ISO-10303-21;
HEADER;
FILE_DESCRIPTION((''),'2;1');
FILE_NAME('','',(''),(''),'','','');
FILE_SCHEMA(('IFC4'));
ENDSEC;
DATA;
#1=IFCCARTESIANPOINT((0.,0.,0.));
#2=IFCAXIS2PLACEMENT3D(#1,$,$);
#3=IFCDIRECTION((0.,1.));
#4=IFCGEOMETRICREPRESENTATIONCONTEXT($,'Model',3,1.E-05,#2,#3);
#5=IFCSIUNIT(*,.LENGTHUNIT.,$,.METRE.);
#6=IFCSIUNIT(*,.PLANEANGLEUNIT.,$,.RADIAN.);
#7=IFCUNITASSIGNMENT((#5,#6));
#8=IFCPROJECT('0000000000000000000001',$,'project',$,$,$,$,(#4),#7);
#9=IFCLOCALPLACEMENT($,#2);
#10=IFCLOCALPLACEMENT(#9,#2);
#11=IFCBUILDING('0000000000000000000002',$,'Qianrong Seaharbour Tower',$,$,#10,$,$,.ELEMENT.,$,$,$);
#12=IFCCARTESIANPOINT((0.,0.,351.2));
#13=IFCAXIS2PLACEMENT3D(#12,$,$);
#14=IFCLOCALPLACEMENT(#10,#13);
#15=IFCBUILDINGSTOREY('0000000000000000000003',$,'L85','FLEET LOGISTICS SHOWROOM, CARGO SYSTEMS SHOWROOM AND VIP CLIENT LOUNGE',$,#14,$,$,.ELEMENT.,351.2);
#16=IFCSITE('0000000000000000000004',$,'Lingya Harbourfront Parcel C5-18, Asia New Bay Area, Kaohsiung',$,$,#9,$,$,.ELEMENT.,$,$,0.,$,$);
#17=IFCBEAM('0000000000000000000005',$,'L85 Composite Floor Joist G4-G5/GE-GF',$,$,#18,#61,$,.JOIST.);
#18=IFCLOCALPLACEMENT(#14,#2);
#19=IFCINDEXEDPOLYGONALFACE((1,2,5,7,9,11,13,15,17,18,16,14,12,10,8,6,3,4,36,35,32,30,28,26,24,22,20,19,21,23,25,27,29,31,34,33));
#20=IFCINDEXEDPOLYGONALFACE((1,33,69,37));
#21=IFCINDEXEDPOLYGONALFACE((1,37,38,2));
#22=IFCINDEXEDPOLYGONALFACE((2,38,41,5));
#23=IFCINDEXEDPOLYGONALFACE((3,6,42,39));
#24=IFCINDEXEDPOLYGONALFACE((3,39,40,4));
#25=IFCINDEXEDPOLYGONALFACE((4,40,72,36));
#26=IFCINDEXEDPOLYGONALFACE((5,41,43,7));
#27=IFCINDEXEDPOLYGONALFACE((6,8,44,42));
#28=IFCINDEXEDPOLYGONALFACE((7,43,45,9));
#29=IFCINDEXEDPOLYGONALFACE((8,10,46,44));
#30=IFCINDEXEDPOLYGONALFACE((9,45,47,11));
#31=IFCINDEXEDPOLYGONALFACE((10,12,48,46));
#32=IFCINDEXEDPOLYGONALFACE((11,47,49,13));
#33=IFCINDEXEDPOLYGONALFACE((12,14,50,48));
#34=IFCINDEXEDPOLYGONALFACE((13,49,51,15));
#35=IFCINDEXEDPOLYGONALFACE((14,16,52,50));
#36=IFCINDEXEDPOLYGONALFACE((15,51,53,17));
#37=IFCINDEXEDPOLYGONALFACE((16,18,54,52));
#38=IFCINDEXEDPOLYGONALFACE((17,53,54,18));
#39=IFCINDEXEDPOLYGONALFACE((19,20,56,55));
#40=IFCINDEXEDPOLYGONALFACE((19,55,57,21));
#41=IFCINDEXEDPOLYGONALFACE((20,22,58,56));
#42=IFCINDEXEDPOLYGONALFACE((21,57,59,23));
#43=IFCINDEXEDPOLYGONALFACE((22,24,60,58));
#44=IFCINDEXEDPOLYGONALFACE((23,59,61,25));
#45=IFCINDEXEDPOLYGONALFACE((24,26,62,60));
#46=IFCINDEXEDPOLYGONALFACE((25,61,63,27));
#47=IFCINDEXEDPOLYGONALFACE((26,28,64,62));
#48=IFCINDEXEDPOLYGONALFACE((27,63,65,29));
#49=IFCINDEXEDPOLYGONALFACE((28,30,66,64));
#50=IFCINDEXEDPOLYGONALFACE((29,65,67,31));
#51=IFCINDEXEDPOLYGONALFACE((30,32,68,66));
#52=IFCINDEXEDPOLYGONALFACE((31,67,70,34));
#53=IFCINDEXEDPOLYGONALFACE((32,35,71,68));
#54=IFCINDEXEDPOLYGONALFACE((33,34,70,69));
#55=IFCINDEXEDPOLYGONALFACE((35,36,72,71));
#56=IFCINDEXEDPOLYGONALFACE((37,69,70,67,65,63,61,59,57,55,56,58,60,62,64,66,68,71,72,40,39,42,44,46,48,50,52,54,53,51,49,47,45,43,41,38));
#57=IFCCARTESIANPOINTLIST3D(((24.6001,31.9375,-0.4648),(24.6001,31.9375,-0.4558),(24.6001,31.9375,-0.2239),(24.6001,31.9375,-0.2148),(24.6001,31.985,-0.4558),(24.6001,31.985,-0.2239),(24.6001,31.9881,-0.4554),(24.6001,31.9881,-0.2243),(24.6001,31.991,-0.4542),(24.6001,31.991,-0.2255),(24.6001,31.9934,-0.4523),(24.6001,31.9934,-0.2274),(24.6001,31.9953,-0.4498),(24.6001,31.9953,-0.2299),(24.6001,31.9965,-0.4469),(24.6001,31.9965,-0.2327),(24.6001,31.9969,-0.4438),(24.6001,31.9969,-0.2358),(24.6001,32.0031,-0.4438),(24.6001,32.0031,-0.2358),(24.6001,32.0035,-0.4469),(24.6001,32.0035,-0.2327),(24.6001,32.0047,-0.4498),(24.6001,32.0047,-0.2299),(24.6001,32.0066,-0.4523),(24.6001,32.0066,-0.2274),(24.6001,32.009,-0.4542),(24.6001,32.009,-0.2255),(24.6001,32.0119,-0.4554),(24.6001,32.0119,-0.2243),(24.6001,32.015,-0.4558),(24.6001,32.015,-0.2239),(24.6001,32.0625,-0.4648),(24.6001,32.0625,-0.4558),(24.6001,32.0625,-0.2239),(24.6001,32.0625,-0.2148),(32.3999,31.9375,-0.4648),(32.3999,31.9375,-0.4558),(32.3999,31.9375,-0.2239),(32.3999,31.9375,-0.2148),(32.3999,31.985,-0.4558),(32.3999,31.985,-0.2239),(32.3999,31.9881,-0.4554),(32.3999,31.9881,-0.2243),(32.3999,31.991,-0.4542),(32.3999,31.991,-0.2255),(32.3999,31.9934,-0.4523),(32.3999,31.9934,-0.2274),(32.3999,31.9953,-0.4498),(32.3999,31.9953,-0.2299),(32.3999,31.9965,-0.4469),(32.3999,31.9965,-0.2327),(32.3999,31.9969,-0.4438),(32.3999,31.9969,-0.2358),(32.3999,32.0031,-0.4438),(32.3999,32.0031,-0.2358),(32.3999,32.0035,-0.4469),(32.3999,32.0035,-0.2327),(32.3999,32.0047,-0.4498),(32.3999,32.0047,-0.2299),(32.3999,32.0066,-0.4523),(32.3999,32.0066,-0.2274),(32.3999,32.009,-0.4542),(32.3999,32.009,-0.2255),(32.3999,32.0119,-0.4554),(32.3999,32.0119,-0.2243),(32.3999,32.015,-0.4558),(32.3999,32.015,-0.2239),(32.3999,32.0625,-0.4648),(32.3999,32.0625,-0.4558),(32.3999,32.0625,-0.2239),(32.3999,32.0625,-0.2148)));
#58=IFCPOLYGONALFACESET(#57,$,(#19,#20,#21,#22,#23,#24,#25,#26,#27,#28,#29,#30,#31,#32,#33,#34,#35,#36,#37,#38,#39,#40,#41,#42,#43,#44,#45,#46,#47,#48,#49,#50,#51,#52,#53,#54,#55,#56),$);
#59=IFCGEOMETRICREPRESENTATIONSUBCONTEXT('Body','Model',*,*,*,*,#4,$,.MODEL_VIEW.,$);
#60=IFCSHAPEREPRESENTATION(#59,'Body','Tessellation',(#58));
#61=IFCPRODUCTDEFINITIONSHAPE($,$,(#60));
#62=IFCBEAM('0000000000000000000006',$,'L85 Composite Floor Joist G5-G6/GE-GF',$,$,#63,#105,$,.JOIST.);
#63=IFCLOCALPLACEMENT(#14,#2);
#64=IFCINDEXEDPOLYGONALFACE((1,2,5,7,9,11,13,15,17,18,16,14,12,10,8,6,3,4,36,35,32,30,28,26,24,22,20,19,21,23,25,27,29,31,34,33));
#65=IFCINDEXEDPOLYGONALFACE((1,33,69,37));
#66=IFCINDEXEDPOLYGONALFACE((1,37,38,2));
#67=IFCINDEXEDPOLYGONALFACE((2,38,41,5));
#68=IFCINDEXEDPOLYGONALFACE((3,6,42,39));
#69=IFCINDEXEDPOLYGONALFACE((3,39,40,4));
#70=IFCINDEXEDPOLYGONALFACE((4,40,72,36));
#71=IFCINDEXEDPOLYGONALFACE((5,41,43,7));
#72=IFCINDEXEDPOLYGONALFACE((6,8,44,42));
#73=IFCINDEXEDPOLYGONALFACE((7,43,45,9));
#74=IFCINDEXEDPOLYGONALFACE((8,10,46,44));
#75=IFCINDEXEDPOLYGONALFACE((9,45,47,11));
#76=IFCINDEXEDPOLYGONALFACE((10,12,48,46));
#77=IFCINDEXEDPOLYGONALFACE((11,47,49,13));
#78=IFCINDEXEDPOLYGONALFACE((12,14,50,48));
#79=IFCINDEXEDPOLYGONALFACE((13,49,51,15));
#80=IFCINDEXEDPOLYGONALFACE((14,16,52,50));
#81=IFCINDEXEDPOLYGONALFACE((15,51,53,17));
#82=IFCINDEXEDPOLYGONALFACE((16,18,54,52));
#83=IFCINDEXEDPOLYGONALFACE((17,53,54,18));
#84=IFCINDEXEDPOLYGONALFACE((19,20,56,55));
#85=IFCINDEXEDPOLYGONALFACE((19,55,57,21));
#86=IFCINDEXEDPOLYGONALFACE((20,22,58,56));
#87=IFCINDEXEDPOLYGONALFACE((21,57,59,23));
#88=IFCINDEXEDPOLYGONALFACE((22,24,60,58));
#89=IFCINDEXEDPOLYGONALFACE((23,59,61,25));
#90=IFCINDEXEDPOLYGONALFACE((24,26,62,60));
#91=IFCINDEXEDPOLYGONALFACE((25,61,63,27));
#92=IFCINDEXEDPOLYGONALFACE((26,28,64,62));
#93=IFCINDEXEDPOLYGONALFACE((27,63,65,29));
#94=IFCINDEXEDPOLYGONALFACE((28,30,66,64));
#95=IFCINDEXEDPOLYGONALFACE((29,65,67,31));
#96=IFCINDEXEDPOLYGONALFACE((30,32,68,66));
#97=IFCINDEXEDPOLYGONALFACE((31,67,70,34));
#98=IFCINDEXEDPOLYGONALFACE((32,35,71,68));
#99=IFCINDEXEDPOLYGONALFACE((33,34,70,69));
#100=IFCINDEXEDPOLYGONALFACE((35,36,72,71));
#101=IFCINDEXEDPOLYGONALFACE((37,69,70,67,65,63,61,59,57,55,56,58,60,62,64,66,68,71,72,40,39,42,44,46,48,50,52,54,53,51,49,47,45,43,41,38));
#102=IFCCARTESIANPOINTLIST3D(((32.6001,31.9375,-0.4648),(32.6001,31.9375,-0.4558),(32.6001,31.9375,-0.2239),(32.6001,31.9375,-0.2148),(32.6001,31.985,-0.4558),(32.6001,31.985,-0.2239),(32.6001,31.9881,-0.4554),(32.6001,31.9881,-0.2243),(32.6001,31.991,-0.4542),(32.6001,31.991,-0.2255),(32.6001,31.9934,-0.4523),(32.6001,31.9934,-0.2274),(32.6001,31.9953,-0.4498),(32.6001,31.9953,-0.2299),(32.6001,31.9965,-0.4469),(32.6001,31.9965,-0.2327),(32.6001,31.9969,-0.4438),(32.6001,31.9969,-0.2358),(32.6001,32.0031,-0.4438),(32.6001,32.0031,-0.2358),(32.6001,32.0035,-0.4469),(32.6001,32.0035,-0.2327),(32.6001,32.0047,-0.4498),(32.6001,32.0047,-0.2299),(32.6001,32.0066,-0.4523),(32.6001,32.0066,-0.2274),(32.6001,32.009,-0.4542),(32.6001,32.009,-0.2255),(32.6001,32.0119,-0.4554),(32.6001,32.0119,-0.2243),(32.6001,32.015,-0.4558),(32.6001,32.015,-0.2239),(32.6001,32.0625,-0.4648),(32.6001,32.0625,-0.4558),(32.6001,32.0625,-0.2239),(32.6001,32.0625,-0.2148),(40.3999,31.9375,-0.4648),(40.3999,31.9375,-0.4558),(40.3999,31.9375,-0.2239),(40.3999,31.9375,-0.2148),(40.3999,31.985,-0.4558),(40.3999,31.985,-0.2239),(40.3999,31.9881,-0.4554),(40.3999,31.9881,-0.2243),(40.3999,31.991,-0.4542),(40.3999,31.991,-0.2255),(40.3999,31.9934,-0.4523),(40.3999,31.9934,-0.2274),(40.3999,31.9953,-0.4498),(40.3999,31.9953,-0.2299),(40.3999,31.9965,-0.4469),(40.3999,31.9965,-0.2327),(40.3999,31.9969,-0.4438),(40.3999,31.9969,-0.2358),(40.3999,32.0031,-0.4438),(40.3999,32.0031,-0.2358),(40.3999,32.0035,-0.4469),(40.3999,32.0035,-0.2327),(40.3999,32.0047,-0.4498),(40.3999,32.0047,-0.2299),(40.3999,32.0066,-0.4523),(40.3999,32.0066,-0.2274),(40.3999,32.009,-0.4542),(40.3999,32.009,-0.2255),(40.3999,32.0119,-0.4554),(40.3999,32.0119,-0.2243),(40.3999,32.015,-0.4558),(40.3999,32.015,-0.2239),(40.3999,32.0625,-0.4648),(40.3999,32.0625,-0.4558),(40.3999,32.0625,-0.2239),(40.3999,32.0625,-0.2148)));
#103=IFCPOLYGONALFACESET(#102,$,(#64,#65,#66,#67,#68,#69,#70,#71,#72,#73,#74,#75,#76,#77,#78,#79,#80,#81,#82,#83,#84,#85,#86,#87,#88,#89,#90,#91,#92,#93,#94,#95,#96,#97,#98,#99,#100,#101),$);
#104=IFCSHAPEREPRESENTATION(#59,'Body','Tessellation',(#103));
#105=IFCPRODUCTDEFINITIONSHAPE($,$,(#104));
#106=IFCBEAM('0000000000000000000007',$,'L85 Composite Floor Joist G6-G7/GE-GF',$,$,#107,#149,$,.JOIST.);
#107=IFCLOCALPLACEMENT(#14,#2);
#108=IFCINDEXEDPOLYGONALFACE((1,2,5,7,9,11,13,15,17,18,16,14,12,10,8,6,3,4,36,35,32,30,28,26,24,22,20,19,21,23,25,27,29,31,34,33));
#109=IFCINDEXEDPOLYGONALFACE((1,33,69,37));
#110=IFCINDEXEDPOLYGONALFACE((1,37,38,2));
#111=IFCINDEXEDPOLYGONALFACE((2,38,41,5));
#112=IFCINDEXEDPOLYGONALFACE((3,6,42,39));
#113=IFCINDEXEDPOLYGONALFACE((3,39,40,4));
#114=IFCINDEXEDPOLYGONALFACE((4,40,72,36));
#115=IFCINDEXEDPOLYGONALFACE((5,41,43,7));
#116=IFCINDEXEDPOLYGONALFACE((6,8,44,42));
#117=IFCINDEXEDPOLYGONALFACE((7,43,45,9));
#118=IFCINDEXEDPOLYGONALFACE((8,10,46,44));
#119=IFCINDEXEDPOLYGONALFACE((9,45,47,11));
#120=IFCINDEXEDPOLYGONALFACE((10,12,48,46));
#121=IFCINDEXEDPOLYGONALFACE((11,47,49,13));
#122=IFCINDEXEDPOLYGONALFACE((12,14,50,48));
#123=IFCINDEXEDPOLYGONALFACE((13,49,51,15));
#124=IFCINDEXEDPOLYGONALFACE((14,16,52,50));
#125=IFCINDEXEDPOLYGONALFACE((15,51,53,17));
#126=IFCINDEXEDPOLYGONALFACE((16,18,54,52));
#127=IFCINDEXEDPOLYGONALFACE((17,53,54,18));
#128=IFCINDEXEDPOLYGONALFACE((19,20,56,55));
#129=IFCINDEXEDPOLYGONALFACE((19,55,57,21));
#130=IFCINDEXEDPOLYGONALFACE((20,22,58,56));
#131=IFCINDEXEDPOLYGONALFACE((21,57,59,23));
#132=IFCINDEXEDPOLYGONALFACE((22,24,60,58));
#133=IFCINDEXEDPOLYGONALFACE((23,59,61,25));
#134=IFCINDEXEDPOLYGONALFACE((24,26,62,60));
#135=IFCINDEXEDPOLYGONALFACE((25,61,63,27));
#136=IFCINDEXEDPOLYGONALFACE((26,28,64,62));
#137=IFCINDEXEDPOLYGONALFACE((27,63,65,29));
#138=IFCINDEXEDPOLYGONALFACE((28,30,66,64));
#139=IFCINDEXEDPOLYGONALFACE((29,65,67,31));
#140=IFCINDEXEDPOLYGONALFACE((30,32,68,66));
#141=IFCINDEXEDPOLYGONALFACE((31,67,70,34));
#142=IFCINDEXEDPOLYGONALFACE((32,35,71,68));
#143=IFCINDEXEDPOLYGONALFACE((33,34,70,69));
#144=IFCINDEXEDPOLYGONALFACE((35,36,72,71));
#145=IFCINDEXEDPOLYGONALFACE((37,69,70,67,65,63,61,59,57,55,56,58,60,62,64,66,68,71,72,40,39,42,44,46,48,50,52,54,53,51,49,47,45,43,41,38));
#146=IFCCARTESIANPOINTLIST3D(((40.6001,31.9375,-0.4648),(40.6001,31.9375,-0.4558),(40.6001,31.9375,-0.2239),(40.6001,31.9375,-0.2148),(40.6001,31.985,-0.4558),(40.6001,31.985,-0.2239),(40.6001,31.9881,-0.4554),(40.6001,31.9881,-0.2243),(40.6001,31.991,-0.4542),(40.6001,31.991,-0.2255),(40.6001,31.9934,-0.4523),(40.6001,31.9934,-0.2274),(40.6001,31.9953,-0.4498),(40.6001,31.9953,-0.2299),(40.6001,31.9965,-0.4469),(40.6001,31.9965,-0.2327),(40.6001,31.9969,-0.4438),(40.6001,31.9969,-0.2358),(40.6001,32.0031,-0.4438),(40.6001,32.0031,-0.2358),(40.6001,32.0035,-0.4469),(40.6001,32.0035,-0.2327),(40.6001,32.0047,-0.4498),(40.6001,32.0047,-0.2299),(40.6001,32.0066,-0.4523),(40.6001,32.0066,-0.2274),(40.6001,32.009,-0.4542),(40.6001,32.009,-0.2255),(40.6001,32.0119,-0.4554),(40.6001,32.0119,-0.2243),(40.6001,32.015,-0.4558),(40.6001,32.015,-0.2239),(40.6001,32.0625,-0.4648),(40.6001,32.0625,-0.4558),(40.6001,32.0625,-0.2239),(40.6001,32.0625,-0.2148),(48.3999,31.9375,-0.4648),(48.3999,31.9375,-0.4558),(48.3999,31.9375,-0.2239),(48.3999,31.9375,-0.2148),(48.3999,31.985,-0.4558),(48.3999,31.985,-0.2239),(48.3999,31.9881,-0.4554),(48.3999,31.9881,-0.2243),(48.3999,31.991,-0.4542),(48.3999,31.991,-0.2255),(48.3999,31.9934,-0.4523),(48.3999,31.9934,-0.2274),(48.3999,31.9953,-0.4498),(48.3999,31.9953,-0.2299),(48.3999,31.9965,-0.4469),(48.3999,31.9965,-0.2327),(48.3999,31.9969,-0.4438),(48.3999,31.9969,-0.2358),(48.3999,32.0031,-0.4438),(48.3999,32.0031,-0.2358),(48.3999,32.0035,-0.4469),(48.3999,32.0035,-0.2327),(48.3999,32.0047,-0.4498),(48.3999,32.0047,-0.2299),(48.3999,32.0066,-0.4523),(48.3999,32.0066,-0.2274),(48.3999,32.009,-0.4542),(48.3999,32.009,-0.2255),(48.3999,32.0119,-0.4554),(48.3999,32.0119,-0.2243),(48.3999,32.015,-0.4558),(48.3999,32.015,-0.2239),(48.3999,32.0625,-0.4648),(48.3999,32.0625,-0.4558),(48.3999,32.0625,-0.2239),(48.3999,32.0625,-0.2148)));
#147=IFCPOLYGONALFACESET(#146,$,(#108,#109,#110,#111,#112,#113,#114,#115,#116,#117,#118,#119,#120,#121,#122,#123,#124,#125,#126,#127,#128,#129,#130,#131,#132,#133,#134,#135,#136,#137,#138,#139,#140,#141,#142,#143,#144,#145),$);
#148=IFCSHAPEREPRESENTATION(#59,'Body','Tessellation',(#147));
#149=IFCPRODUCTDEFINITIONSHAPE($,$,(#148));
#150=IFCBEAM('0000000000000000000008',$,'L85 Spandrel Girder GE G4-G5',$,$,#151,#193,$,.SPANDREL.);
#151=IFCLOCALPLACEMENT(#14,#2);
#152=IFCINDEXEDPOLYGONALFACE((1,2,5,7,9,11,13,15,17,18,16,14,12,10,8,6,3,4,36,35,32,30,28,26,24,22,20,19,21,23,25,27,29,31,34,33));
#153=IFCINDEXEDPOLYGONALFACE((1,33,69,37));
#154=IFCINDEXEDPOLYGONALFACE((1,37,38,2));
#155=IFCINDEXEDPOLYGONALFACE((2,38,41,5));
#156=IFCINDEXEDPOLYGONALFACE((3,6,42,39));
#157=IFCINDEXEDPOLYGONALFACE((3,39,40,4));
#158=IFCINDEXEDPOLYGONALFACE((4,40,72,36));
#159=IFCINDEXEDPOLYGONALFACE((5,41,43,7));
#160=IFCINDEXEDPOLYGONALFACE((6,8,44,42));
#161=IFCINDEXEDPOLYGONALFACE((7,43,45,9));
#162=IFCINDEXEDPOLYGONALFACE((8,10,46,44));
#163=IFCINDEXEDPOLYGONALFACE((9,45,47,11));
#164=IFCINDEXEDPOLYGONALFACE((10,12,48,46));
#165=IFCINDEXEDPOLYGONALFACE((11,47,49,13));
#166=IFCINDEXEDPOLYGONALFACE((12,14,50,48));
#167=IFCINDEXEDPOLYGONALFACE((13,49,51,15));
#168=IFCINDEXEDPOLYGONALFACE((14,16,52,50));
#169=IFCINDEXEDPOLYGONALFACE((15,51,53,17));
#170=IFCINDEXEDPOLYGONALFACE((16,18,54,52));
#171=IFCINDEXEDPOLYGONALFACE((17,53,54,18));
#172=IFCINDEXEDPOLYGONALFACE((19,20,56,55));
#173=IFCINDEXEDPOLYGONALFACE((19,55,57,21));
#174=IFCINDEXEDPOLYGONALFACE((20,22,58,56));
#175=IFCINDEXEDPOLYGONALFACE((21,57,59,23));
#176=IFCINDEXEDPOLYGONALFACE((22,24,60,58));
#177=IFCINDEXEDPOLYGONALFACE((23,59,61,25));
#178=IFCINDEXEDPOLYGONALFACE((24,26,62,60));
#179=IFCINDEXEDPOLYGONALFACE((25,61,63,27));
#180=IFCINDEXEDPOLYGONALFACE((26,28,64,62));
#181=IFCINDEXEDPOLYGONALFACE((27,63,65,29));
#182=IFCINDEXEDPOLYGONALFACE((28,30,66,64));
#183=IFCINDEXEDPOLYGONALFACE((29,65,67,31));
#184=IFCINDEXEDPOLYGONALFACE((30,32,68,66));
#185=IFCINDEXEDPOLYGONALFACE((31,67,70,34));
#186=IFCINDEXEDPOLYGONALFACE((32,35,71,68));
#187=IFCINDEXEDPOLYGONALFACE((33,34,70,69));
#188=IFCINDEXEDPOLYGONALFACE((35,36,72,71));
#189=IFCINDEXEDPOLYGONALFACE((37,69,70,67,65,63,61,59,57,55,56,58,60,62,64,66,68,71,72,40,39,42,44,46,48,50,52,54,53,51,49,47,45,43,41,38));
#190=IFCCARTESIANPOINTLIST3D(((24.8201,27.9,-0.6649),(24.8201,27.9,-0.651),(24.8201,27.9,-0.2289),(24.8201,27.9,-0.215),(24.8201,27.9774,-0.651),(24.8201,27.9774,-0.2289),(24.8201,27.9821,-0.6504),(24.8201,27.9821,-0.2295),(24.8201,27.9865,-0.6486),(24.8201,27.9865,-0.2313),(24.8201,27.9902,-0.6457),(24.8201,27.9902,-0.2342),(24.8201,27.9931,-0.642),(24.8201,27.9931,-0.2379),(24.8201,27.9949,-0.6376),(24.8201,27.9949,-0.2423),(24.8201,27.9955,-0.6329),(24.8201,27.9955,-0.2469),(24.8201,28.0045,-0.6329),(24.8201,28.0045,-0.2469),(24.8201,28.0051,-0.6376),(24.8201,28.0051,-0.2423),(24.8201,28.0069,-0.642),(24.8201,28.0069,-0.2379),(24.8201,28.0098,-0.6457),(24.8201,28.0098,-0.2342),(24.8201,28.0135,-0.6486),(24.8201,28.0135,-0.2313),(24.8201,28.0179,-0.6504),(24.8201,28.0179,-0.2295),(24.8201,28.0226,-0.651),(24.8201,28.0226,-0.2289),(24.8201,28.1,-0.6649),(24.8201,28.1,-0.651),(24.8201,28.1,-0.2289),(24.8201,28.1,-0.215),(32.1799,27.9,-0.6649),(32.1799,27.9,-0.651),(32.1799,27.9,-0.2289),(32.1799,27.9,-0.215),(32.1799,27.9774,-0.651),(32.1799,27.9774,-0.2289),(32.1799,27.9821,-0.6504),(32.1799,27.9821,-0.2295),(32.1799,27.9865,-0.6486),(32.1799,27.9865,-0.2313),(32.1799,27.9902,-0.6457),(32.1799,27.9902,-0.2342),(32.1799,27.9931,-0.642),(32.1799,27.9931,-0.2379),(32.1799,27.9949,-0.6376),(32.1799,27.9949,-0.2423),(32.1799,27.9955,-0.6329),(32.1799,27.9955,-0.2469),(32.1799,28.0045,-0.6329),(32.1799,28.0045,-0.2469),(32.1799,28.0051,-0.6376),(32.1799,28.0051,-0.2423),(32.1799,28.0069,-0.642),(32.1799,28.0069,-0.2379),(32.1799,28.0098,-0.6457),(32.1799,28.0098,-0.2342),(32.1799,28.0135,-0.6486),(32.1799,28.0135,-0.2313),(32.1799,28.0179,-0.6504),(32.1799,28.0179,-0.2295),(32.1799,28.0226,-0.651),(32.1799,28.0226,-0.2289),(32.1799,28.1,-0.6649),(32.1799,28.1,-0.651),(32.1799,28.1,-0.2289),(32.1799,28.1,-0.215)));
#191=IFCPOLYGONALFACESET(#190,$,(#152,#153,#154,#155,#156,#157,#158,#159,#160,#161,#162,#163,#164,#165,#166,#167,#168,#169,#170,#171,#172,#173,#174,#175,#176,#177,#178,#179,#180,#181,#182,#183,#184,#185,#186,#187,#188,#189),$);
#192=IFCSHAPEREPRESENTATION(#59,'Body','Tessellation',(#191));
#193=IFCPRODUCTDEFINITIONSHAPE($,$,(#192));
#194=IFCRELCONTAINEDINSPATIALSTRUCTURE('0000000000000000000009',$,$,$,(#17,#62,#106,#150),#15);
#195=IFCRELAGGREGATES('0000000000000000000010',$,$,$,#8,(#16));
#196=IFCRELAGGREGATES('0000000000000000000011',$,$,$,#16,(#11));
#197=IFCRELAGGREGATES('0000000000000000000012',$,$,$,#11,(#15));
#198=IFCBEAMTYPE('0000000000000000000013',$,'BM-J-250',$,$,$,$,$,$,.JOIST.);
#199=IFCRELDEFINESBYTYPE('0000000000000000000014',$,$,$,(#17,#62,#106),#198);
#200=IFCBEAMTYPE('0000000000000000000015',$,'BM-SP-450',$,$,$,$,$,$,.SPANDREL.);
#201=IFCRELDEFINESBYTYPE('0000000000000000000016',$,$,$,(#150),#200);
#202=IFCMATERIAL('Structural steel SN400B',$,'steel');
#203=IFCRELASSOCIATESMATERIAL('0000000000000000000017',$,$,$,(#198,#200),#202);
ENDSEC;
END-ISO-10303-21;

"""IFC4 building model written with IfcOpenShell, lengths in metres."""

from ifc_helpers import new_model, si_unit, direction, frame, origin, origin_2d, place, context, subcontext, project, spatial, i_section, extrude, material, material_profile, profile_set, type_object, element, save


model = new_model("IFC4")

# Units and contexts
model_context = context("Model", 3, precision=1e-05, world=origin(), true_north=direction((0.0, 1.0)))
body_context = subcontext(model_context, "Body", "Model", "MODEL_VIEW")
ifc_project = project(units=[si_unit("LENGTHUNIT", "METRE"), si_unit("PLANEANGLEUNIT", "RADIAN")], contexts=[model_context])

# Site, building, storey
site_placement = place(None, origin())
site = spatial("IfcSite", under=ifc_project, at=site_placement, Name="Lingya Harbourfront Parcel C5-18, Asia New Bay Area, Kaohsiung", CompositionType="ELEMENT", RefElevation=0.0)
building_placement = place(site_placement, origin())
building = spatial("IfcBuilding", under=site, at=building_placement, Name="Qianrong Seaharbour Tower", CompositionType="ELEMENT")
storey_placement = place(building_placement, frame((0.0, 0.0, 351.2)))
storey = spatial("IfcBuildingStorey", under=building, at=storey_placement, Name="L85", Description="FLEET LOGISTICS SHOWROOM, CARGO SYSTEMS SHOWROOM AND VIP CLIENT LOUNGE", CompositionType="ELEMENT", Elevation=351.2)

# Shared definitions
ifc_material_1 = material(Name="Structural steel SN400B", Category="steel")

# Beams
ifc_material_profile_1 = material_profile(ifc_material_1, i_section(OverallWidth=0.125, OverallDepth=0.25, WebThickness=0.0061, FlangeThickness=0.009, FilletRadius=0.012, at=origin_2d()), Name="H250x125x6x9")
ifc_profile_set_1 = profile_set([ifc_material_profile_1], Name="Structural steel SN400B")
beam_type_1 = type_object("IfcBeamType", Name="BM-J-250", PredefinedType="JOIST", material=ifc_profile_set_1)
for number, where, z_axis, x_axis, name in (
    (1, (24.6001, 32.0, -0.3398), (1.0, 0.0, 0.0), (0.0, 1.0, 0.0), "L85 Composite Floor Joist G4-G5/GE-GF"),
    (2, (32.6001, 32.0, -0.3398), (1.0, 0.0, 0.0), (0.0, 1.0, 0.0), "L85 Composite Floor Joist G5-G6/GE-GF"),
    (3, (40.6001, 32.0, -0.3398), (1.0, 0.0, 0.0), (0.0, 1.0, 0.0), "L85 Composite Floor Joist G6-G7/GE-GF"),
):
    element("IfcBeam", number, at=place(storey_placement, frame(where, z_axis=z_axis, x_axis=x_axis)), inside=storey, type_object=beam_type_1, Name=name, PredefinedType="JOIST", context=body_context, shape_type="SweptSolid", body=[
        extrude(i_section(OverallWidth=0.125, OverallDepth=0.25, WebThickness=0.0061, FlangeThickness=0.009, FilletRadius=0.012, at=origin_2d()), origin(), (0.0, 0.0, 1.0), 7.7998),
    ])
ifc_material_profile_2 = material_profile(ifc_material_1, i_section(OverallWidth=0.2, OverallDepth=0.45, WebThickness=0.009, FlangeThickness=0.0139, FilletRadius=0.0181, at=origin_2d()), Name="H450x200x9x14")
ifc_profile_set_2 = profile_set([ifc_material_profile_2], Name="Structural steel SN400B")
beam_type_2 = type_object("IfcBeamType", Name="BM-SP-450", PredefinedType="SPANDREL", material=ifc_profile_set_2)
for number, where, z_axis, x_axis, name in (
    (4, (24.8201, 28.0, -0.4399), (1.0, 0.0, 0.0), (0.0, 1.0, 0.0), "L85 Spandrel Girder GE G4-G5"),
):
    element("IfcBeam", number, at=place(storey_placement, frame(where, z_axis=z_axis, x_axis=x_axis)), inside=storey, type_object=beam_type_2, Name=name, PredefinedType="SPANDREL", context=body_context, shape_type="SweptSolid", body=[
        extrude(i_section(OverallWidth=0.2, OverallDepth=0.45, WebThickness=0.009, FlangeThickness=0.0139, FilletRadius=0.0181, at=origin_2d()), origin(), (0.0, 0.0, 1.0), 7.3599),
    ])

save(model, "model.ifc")
